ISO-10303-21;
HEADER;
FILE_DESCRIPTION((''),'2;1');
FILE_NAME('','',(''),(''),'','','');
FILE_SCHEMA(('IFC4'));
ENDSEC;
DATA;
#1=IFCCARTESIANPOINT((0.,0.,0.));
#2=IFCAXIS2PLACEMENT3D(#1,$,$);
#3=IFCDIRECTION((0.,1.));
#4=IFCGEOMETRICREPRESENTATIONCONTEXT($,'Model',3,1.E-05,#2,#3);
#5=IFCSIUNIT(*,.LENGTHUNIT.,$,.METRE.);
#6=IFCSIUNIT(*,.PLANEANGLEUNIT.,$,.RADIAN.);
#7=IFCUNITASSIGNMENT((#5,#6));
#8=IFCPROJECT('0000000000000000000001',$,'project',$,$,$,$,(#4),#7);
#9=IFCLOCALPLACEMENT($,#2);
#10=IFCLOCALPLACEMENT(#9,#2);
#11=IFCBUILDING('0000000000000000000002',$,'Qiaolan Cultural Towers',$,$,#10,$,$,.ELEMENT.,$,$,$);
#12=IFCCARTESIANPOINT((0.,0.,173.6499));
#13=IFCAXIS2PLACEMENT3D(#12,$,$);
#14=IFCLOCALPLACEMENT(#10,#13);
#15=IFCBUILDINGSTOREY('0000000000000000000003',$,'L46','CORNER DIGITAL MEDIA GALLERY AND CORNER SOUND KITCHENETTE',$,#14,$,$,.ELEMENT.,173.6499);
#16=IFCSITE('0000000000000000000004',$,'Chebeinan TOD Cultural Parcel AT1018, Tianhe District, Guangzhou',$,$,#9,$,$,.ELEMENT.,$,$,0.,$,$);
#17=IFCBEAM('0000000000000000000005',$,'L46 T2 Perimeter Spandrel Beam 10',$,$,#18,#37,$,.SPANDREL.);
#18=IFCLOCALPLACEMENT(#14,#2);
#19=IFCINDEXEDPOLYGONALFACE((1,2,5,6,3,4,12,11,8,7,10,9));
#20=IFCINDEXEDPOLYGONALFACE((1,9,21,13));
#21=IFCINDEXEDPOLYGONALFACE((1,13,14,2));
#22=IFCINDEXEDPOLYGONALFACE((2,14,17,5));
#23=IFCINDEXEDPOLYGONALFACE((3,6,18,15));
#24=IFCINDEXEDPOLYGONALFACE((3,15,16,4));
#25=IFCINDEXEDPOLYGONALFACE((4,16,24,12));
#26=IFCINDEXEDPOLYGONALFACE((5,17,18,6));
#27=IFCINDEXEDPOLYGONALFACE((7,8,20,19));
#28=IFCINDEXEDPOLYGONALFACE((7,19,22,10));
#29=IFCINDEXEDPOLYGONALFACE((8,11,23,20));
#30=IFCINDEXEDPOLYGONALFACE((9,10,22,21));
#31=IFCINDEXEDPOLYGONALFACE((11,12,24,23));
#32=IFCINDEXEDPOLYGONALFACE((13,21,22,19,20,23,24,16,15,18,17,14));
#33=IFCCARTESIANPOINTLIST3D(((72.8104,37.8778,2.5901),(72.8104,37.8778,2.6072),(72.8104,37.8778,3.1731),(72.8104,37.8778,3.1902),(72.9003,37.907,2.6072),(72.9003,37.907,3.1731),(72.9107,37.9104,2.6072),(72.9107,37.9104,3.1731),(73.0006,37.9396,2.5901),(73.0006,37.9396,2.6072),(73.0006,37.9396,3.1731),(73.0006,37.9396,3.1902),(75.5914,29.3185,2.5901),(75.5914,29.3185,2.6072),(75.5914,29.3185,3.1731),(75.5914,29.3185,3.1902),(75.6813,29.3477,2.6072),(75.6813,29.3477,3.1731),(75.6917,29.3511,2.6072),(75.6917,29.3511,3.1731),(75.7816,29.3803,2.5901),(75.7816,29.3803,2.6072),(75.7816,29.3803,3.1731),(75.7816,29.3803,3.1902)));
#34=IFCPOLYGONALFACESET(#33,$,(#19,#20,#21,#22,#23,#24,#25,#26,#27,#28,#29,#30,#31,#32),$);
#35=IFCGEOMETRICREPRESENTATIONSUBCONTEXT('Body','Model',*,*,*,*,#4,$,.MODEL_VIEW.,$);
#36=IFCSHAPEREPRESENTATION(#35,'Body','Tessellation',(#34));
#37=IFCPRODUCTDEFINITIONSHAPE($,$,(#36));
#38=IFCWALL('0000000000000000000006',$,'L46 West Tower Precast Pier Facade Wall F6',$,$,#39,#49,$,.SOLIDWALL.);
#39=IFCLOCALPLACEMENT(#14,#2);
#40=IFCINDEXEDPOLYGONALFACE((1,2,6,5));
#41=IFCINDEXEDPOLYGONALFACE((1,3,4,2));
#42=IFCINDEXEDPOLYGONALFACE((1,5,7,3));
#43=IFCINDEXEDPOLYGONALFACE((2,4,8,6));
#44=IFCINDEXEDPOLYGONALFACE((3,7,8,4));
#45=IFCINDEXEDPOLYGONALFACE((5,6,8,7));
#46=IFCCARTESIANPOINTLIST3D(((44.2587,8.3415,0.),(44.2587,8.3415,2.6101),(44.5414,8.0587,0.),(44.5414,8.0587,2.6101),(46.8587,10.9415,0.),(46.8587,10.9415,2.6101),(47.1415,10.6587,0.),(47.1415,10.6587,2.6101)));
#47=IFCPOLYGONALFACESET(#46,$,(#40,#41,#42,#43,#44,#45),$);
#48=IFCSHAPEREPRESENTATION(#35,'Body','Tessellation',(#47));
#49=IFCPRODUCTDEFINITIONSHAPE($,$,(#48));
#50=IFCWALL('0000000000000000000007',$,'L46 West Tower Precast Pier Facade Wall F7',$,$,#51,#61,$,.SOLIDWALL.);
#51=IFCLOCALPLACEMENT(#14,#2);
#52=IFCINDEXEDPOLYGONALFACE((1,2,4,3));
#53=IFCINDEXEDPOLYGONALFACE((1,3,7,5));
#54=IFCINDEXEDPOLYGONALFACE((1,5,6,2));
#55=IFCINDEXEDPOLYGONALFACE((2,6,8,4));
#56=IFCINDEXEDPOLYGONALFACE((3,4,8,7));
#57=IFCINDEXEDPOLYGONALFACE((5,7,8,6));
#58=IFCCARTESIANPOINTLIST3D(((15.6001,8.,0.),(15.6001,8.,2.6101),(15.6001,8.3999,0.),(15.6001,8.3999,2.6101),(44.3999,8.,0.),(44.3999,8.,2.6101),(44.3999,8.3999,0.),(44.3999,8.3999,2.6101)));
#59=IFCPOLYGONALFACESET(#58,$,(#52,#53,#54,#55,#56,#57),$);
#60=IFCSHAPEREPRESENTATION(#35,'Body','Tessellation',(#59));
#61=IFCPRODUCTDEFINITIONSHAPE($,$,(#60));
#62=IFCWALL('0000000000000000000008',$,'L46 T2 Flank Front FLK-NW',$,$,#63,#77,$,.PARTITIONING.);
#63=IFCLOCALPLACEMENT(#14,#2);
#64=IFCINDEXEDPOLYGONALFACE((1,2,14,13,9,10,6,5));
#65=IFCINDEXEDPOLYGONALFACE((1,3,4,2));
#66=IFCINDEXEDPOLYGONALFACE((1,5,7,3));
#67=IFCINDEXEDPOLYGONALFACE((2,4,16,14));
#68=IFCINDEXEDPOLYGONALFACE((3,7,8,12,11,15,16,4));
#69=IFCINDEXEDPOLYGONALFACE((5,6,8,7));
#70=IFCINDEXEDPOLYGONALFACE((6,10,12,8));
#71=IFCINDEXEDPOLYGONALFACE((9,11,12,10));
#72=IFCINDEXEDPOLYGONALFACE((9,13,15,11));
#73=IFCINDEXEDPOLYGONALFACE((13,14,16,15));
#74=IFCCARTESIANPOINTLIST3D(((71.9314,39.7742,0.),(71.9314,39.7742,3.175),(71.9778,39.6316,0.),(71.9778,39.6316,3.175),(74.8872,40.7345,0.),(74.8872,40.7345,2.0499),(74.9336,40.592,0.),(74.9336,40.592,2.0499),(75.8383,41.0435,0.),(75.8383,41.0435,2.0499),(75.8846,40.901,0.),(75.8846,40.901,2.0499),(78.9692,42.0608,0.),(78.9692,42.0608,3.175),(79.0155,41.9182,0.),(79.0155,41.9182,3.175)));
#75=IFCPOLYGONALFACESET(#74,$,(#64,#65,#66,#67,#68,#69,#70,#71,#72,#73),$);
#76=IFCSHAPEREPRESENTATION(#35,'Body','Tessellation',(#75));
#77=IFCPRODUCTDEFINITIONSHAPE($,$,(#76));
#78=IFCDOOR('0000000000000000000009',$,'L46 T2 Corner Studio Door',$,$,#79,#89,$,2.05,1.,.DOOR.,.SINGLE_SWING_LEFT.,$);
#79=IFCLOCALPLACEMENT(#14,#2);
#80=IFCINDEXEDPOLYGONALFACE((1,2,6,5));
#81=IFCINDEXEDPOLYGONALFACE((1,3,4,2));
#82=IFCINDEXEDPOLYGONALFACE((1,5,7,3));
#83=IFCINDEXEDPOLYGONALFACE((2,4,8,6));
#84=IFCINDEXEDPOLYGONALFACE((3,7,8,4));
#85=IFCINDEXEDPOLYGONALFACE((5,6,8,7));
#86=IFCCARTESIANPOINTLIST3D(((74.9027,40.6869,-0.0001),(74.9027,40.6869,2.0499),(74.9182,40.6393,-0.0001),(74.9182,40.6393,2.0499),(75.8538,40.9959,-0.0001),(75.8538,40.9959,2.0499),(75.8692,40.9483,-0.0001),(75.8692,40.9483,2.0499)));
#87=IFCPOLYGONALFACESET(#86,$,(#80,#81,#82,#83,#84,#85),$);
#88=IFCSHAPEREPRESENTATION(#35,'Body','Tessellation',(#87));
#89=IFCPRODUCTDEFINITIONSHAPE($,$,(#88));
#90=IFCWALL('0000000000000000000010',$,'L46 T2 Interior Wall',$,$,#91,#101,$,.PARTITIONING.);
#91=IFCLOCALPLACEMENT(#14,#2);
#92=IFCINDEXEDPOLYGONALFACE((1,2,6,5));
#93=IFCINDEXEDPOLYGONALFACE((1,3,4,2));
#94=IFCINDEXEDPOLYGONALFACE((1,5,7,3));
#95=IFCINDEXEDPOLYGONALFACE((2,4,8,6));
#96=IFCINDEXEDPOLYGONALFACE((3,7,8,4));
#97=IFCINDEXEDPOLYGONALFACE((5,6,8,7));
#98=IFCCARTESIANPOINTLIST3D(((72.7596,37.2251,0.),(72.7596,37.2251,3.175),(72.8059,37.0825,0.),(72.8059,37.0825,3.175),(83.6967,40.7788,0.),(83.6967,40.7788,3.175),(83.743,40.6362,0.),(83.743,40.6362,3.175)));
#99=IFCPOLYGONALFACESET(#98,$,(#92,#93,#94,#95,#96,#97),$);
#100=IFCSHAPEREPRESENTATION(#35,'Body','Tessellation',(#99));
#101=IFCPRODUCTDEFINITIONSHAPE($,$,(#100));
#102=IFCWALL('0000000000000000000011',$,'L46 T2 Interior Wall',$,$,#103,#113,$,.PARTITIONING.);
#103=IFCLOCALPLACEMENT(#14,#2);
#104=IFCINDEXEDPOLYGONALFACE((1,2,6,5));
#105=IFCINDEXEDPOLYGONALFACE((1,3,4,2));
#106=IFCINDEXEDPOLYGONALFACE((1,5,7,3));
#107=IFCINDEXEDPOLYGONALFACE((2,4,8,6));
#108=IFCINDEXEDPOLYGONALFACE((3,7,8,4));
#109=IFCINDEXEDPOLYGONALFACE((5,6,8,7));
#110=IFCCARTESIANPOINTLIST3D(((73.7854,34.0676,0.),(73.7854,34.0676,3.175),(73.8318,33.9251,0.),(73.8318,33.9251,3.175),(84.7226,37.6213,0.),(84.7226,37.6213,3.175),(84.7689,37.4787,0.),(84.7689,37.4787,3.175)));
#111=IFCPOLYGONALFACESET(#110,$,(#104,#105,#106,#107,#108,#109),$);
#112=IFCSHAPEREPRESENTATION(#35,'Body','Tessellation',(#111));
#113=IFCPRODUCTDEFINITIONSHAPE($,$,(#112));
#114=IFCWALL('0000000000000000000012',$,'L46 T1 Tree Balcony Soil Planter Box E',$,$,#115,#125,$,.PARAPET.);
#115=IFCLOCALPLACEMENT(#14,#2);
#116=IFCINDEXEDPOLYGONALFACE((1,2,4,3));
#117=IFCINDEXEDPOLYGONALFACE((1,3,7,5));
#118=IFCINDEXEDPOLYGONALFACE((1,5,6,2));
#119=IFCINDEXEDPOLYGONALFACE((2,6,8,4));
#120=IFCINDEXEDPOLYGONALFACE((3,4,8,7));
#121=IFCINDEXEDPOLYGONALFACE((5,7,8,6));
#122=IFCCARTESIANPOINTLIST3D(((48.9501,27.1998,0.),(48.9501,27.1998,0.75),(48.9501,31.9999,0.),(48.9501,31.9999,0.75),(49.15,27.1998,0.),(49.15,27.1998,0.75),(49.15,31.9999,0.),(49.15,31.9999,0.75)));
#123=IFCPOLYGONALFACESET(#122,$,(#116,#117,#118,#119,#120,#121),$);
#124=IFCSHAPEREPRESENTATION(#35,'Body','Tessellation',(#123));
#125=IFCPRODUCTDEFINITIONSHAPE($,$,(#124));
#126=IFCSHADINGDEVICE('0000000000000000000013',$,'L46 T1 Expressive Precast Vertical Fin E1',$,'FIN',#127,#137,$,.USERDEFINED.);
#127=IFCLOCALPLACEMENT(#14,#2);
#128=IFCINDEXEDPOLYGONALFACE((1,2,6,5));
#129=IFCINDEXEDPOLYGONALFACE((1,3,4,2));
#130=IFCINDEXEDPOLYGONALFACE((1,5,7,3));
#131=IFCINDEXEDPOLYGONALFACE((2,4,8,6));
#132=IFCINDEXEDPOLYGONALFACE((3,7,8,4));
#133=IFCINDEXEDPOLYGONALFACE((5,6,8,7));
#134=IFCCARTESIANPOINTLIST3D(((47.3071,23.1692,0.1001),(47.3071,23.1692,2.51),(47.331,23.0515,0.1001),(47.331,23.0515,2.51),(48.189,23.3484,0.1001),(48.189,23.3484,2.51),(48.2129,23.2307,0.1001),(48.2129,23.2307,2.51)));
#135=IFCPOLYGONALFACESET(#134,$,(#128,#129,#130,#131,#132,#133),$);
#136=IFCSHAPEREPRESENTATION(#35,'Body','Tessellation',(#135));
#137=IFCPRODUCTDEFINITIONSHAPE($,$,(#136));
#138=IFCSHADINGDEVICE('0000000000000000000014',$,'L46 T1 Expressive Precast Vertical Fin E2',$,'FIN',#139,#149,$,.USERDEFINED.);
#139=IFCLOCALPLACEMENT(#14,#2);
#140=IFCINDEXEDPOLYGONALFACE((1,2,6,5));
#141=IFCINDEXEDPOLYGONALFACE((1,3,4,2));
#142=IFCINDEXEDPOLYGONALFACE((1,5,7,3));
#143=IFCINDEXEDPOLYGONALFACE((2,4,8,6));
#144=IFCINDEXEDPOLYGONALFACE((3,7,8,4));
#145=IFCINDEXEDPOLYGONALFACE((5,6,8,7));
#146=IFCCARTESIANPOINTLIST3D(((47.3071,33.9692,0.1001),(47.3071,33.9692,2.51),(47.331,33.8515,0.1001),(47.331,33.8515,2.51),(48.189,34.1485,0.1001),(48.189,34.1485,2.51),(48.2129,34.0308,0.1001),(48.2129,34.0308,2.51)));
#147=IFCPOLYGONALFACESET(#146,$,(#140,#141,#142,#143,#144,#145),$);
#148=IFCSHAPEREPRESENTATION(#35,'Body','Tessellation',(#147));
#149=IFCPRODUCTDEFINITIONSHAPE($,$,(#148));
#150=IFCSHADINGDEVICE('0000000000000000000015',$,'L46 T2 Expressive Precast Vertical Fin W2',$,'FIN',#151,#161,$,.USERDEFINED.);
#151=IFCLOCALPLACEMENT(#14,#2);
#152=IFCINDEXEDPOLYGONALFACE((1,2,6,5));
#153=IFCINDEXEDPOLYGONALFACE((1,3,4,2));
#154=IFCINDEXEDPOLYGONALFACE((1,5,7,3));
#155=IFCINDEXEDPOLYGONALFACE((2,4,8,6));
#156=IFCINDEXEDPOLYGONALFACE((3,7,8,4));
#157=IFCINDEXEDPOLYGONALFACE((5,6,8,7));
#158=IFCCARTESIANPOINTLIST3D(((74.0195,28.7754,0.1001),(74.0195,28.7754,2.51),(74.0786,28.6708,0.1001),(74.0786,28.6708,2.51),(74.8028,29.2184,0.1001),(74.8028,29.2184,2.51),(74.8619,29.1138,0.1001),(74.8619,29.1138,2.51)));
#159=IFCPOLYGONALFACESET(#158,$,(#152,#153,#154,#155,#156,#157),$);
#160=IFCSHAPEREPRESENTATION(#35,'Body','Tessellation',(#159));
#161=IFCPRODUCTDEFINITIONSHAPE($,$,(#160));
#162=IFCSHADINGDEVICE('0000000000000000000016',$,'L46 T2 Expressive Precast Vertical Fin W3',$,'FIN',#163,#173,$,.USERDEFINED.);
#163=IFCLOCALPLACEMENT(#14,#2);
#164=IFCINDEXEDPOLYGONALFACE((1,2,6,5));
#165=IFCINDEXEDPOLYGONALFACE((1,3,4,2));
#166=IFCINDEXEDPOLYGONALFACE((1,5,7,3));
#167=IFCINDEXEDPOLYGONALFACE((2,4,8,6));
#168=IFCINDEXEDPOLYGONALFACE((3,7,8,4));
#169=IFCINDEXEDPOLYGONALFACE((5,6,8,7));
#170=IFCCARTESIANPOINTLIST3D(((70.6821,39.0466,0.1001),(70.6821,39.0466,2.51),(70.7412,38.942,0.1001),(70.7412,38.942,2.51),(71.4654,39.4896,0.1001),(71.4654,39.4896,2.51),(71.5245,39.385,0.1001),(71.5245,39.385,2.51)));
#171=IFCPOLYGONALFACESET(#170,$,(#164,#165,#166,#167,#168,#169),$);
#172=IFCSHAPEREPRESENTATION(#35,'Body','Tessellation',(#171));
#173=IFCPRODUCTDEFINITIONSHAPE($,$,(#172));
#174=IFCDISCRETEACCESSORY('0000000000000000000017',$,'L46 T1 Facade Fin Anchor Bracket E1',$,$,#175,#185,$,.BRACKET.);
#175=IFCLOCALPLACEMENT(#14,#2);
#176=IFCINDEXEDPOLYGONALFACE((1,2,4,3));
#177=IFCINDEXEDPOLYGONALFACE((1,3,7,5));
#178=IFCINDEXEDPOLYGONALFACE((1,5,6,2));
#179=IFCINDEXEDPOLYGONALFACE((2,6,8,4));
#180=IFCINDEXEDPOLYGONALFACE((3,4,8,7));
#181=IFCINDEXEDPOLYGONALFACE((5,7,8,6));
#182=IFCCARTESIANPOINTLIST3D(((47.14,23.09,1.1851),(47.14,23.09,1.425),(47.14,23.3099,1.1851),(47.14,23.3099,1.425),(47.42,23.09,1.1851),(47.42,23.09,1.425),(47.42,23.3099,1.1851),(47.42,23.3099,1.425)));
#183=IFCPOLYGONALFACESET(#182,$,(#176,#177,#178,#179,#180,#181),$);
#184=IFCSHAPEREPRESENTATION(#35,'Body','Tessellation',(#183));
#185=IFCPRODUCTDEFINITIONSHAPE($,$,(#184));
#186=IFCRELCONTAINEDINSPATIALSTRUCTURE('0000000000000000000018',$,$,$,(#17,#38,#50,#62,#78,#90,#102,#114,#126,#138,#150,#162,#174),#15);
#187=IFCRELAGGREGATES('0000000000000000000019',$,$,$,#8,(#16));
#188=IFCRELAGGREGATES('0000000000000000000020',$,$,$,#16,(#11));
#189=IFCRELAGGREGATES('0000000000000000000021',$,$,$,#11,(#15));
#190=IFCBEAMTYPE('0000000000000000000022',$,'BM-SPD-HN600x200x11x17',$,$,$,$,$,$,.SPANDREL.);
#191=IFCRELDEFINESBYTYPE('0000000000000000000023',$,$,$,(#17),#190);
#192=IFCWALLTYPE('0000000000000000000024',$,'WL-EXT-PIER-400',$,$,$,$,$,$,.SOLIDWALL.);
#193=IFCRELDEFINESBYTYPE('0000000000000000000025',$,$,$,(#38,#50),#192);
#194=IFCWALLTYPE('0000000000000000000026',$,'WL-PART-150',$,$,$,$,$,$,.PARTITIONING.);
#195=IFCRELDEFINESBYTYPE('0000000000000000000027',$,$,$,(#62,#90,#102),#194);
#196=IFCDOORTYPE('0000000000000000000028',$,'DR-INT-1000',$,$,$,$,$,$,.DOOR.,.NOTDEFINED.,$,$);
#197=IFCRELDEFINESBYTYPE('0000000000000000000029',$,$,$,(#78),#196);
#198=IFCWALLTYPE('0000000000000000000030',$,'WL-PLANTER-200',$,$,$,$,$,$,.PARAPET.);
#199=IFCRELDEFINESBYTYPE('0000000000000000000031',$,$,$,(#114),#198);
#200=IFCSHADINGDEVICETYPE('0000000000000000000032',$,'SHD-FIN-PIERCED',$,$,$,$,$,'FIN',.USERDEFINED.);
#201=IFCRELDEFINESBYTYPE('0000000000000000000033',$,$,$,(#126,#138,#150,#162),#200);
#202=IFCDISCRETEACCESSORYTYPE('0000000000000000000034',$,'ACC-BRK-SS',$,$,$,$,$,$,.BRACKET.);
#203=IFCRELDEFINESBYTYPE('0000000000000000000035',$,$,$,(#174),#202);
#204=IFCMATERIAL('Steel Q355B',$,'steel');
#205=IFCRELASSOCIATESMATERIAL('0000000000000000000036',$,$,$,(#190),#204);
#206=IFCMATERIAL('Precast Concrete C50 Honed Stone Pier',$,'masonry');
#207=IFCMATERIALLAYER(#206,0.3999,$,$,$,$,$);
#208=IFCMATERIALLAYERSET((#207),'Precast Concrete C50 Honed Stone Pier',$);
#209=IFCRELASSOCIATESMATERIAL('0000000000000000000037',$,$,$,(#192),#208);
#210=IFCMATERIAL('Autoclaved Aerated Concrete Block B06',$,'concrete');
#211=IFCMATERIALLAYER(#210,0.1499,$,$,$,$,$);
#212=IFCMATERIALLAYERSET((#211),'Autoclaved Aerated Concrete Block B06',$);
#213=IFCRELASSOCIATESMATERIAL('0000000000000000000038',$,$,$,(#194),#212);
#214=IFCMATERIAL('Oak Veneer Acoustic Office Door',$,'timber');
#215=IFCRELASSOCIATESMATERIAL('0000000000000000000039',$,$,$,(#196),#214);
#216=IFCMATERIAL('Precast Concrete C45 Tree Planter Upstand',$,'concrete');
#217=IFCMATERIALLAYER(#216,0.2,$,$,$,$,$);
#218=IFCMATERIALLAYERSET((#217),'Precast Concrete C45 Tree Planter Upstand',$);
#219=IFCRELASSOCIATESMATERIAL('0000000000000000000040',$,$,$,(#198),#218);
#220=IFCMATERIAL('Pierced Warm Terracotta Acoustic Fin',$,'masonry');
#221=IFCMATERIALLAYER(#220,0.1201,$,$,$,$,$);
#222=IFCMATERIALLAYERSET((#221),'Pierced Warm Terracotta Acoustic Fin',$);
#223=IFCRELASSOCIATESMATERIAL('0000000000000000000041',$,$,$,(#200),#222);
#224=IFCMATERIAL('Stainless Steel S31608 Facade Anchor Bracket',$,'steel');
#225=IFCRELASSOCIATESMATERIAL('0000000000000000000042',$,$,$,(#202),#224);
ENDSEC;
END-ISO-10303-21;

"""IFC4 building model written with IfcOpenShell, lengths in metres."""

from ifc_helpers import new_model, si_unit, direction, frame, frame_2d, origin, origin_2d, place, context, subcontext, project, spatial, rectangle, i_section, extrude, material, layer, layer_set, material_profile, profile_set, type_object, element, fill, save


model = new_model("IFC4")

# Units and contexts
model_context = context("Model", 3, precision=1e-05, world=origin(), true_north=direction((0.0, 1.0)))
body_context = subcontext(model_context, "Body", "Model", "MODEL_VIEW")
ifc_project = project(units=[si_unit("LENGTHUNIT", "METRE"), si_unit("PLANEANGLEUNIT", "RADIAN")], contexts=[model_context])

# Site, building, storey
site_placement = place(None, origin())
site = spatial("IfcSite", under=ifc_project, at=site_placement, Name="Chebeinan TOD Cultural Parcel AT1018, Tianhe District, Guangzhou", CompositionType="ELEMENT", RefElevation=0.0)
building_placement = place(site_placement, origin())
building = spatial("IfcBuilding", under=site, at=building_placement, Name="Qiaolan Cultural Towers", CompositionType="ELEMENT")
storey_placement = place(building_placement, frame((0.0, 0.0, 173.6499)))
storey = spatial("IfcBuildingStorey", under=building, at=storey_placement, Name="L46", Description="CORNER DIGITAL MEDIA GALLERY AND CORNER SOUND KITCHENETTE", CompositionType="ELEMENT", Elevation=173.6499)

# Beam
ifc_material_1 = material(Name="Steel Q355B", Category="steel")
ifc_material_profile_1 = material_profile(ifc_material_1, i_section(OverallWidth=0.2, OverallDepth=0.6001, WebThickness=0.011, FlangeThickness=0.0171, at=origin_2d()), Name="HN600x200x11x17")
ifc_profile_set_1 = profile_set([ifc_material_profile_1], Name="Steel Q355B")
beam_type_1 = type_object("IfcBeamType", Name="BM-SPD-HN600x200x11x17", PredefinedType="SPANDREL", material=ifc_profile_set_1)
beam_1_placement = place(storey_placement, frame((72.9055, 37.9087, 2.8901), z_axis=(0.309008, -0.951059, 0.0), x_axis=(0.951059, 0.309008, 0.0)))
element("IfcBeam", 1, at=beam_1_placement, inside=storey, type_object=beam_type_1, Name="L46 T2 Perimeter Spandrel Beam 10", PredefinedType="SPANDREL", context=body_context, shape_type="SweptSolid", body=[
    extrude(i_section(OverallWidth=0.2, OverallDepth=0.6001, WebThickness=0.011, FlangeThickness=0.0171, at=origin_2d()), origin(), (0.0, 0.0, 1.0), 8.9998),
])

# Walls
ifc_material_2 = material(Name="Precast Concrete C50 Honed Stone Pier", Category="masonry")
ifc_layer_1 = layer(ifc_material_2, 0.3999)
ifc_layer_set_1 = layer_set([ifc_layer_1], Name="Precast Concrete C50 Honed Stone Pier")
wall_type_1 = type_object("IfcWallType", Name="WL-EXT-PIER-400", PredefinedType="SOLIDWALL", material=ifc_layer_set_1)
wall_1_placement = place(storey_placement, frame((47.0, 10.8, 0.0), z_axis=(0.0, 0.0, 1.0), x_axis=(-0.707107, -0.707107, 0.0)))
element("IfcWall", 2, at=wall_1_placement, inside=storey, type_object=wall_type_1, Name="L46 West Tower Precast Pier Facade Wall F6", PredefinedType="SOLIDWALL", context=body_context, shape_type="SweptSolid", body=[
    extrude(rectangle(XDim=3.677, YDim=0.3999, at=frame_2d((1.8384, 0.0))), origin(), (0.0, 0.0, 1.0), 2.6101),
])
wall_2_placement = place(storey_placement, frame((44.3999, 8.2, 0.0), z_axis=(0.0, 0.0, 1.0), x_axis=(-1.0, 0.0, 0.0)))
element("IfcWall", 3, at=wall_2_placement, inside=storey, type_object=wall_type_1, Name="L46 West Tower Precast Pier Facade Wall F7", PredefinedType="SOLIDWALL", context=body_context, shape_type="SweptSolid", body=[
    extrude(rectangle(XDim=28.7998, YDim=0.3999, at=frame_2d((14.3999, 0.0))), origin(), (0.0, 0.0, 1.0), 2.6101),
])

# Wall, opening, door
ifc_material_3 = material(Name="Autoclaved Aerated Concrete Block B06", Category="concrete")
ifc_layer_2 = layer(ifc_material_3, 0.1499)
ifc_layer_set_2 = layer_set([ifc_layer_2], Name="Autoclaved Aerated Concrete Block B06")
wall_type_2 = type_object("IfcWallType", Name="WL-PART-150", PredefinedType="PARTITIONING", material=ifc_layer_set_2)
wall_3_placement = place(storey_placement, frame((71.9546, 39.7029, 0.0), z_axis=(0.0, 0.0, 1.0), x_axis=(0.951061, 0.309003, 0.0)))
wall_3 = element("IfcWall", 4, at=wall_3_placement, inside=storey, type_object=wall_type_2, Name="L46 T2 Flank Front FLK-NW", PredefinedType="PARTITIONING", context=body_context, shape_type="SweptSolid", body=[
    extrude(rectangle(XDim=7.3999, YDim=0.1499, at=frame_2d((3.7, 0.0))), origin(), (0.0, 0.0, 1.0), 3.175),
])
opening_placement = place(wall_3_placement, frame((3.1079, 0.0, 0.0)))
opening = element("IfcOpeningElement", 5, at=opening_placement, cuts=wall_3, PredefinedType="OPENING", context=body_context, shape_type="SweptSolid", body=[
    extrude(rectangle(XDim=1.0, YDim=2.05, at=frame_2d((0.5, 1.0249))), frame((0.0, 0.085, 0.0), z_axis=(0.0, -1.0, 0.0), x_axis=(1.0, 0.0, 0.0)), (0.0, 0.0, 1.0), 0.1699),
])
ifc_material_4 = material(Name="Oak Veneer Acoustic Office Door", Category="timber")
door_type = type_object("IfcDoorType", Name="DR-INT-1000", OperationType="NOTDEFINED", PredefinedType="DOOR", material=ifc_material_4)
door_placement = place(opening_placement, origin())
door = element("IfcDoor", 6, at=door_placement, inside=storey, type_object=door_type, Name="L46 T2 Corner Studio Door", OperationType="SINGLE_SWING_LEFT", OverallHeight=2.05, OverallWidth=1.0, PredefinedType="DOOR", context=body_context, shape_type="SweptSolid", body=[
    extrude(rectangle(XDim=1.0, YDim=2.05, at=frame_2d((0.5, 1.0249))), frame((0.0, 0.0249, 0.0), z_axis=(0.0, -1.0, 0.0), x_axis=(1.0, 0.0, 0.0)), (0.0, 0.0, 1.0), 0.05),
])
fill(opening, door)

# Walls
for number, where, z_axis, x_axis, name in (
    (7, (72.7827, 37.1538, 0.0), (0.0, 0.0, 1.0), (0.951057, 0.309016, 0.0), "L46 T2 Interior Wall"),
    (8, (73.8086, 33.9963, 0.0), (0.0, 0.0, 1.0), (0.951057, 0.309016, 0.0), "L46 T2 Interior Wall"),
):
    element("IfcWall", number, at=place(storey_placement, frame(where, z_axis=z_axis, x_axis=x_axis)), inside=storey, type_object=wall_type_2, Name=name, PredefinedType="PARTITIONING", context=body_context, shape_type="SweptSolid", body=[
        extrude(rectangle(XDim=11.5, YDim=0.1499, at=frame_2d((5.75, 0.0))), origin(), (0.0, 0.0, 1.0), 3.175),
    ])
ifc_material_5 = material(Name="Precast Concrete C45 Tree Planter Upstand", Category="concrete")
ifc_layer_3 = layer(ifc_material_5, 0.2)
ifc_layer_set_3 = layer_set([ifc_layer_3], Name="Precast Concrete C45 Tree Planter Upstand")
wall_type_3 = type_object("IfcWallType", Name="WL-PLANTER-200", PredefinedType="PARAPET", material=ifc_layer_set_3)
wall_4_placement = place(storey_placement, frame((49.05, 27.2, 0.0), z_axis=(0.0, 0.0, 1.0), x_axis=(0.0, 1.0, 0.0)))
element("IfcWall", 9, at=wall_4_placement, inside=storey, type_object=wall_type_3, Name="L46 T1 Tree Balcony Soil Planter Box E", PredefinedType="PARAPET", context=body_context, shape_type="SweptSolid", body=[
    extrude(rectangle(XDim=4.8, YDim=0.2, at=frame_2d((2.3999, 0.0))), origin(), (0.0, 0.0, 1.0), 0.75),
])

# Shading devices
ifc_material_6 = material(Name="Pierced Warm Terracotta Acoustic Fin", Category="masonry")
ifc_layer_4 = layer(ifc_material_6, 0.1201)
ifc_layer_set_4 = layer_set([ifc_layer_4], Name="Pierced Warm Terracotta Acoustic Fin")
shading_device_type = type_object("IfcShadingDeviceType", Name="SHD-FIN-PIERCED", ElementType="FIN", PredefinedType="USERDEFINED", material=ifc_layer_set_4)
for number, where, z_axis, x_axis, name in (
    (10, (47.76, 23.2, 0.1001), (0.0, 0.0, 1.0), (0.979957, 0.199208, 0.0), "L46 T1 Expressive Precast Vertical Fin E1"),
    (11, (47.76, 34.0, 0.1001), (0.0, 0.0, 1.0), (0.979957, 0.199208, 0.0), "L46 T1 Expressive Precast Vertical Fin E2"),
    (12, (74.4407, 28.9446, 0.1001), (0.0, 0.0, 1.0), (0.870436, 0.492282, 0.0), "L46 T2 Expressive Precast Vertical Fin W2"),
    (13, (71.1033, 39.2158, 0.1001), (0.0, 0.0, 1.0), (0.870436, 0.492282, 0.0), "L46 T2 Expressive Precast Vertical Fin W3"),
):
    element("IfcShadingDevice", number, at=place(storey_placement, frame(where, z_axis=z_axis, x_axis=x_axis)), inside=storey, type_object=shading_device_type, Name=name, ObjectType="FIN", PredefinedType="USERDEFINED", context=body_context, shape_type="SweptSolid", body=[
        extrude(rectangle(XDim=0.8999, YDim=0.1201, at=origin_2d()), origin(), (0.0, 0.0, 1.0), 2.4099),
    ])

# Discrete accessory
ifc_material_7 = material(Name="Stainless Steel S31608 Facade Anchor Bracket", Category="steel")
discrete_accessory_type = type_object("IfcDiscreteAccessoryType", Name="ACC-BRK-SS", PredefinedType="BRACKET", material=ifc_material_7)
for number, where, z_axis, x_axis, name in (
    (14, (47.28, 23.2, 1.1851), (0.0, 0.0, 1.0), (1.0, 0.0, 0.0), "L46 T1 Facade Fin Anchor Bracket E1"),
):
    element("IfcDiscreteAccessory", number, at=place(storey_placement, frame(where, z_axis=z_axis, x_axis=x_axis)), inside=storey, type_object=discrete_accessory_type, Name=name, PredefinedType="BRACKET", context=body_context, shape_type="SweptSolid", body=[
        extrude(rectangle(XDim=0.28, YDim=0.22, at=origin_2d()), origin(), (0.0, 0.0, 1.0), 0.24),
    ])

save(model, "model.ifc")
